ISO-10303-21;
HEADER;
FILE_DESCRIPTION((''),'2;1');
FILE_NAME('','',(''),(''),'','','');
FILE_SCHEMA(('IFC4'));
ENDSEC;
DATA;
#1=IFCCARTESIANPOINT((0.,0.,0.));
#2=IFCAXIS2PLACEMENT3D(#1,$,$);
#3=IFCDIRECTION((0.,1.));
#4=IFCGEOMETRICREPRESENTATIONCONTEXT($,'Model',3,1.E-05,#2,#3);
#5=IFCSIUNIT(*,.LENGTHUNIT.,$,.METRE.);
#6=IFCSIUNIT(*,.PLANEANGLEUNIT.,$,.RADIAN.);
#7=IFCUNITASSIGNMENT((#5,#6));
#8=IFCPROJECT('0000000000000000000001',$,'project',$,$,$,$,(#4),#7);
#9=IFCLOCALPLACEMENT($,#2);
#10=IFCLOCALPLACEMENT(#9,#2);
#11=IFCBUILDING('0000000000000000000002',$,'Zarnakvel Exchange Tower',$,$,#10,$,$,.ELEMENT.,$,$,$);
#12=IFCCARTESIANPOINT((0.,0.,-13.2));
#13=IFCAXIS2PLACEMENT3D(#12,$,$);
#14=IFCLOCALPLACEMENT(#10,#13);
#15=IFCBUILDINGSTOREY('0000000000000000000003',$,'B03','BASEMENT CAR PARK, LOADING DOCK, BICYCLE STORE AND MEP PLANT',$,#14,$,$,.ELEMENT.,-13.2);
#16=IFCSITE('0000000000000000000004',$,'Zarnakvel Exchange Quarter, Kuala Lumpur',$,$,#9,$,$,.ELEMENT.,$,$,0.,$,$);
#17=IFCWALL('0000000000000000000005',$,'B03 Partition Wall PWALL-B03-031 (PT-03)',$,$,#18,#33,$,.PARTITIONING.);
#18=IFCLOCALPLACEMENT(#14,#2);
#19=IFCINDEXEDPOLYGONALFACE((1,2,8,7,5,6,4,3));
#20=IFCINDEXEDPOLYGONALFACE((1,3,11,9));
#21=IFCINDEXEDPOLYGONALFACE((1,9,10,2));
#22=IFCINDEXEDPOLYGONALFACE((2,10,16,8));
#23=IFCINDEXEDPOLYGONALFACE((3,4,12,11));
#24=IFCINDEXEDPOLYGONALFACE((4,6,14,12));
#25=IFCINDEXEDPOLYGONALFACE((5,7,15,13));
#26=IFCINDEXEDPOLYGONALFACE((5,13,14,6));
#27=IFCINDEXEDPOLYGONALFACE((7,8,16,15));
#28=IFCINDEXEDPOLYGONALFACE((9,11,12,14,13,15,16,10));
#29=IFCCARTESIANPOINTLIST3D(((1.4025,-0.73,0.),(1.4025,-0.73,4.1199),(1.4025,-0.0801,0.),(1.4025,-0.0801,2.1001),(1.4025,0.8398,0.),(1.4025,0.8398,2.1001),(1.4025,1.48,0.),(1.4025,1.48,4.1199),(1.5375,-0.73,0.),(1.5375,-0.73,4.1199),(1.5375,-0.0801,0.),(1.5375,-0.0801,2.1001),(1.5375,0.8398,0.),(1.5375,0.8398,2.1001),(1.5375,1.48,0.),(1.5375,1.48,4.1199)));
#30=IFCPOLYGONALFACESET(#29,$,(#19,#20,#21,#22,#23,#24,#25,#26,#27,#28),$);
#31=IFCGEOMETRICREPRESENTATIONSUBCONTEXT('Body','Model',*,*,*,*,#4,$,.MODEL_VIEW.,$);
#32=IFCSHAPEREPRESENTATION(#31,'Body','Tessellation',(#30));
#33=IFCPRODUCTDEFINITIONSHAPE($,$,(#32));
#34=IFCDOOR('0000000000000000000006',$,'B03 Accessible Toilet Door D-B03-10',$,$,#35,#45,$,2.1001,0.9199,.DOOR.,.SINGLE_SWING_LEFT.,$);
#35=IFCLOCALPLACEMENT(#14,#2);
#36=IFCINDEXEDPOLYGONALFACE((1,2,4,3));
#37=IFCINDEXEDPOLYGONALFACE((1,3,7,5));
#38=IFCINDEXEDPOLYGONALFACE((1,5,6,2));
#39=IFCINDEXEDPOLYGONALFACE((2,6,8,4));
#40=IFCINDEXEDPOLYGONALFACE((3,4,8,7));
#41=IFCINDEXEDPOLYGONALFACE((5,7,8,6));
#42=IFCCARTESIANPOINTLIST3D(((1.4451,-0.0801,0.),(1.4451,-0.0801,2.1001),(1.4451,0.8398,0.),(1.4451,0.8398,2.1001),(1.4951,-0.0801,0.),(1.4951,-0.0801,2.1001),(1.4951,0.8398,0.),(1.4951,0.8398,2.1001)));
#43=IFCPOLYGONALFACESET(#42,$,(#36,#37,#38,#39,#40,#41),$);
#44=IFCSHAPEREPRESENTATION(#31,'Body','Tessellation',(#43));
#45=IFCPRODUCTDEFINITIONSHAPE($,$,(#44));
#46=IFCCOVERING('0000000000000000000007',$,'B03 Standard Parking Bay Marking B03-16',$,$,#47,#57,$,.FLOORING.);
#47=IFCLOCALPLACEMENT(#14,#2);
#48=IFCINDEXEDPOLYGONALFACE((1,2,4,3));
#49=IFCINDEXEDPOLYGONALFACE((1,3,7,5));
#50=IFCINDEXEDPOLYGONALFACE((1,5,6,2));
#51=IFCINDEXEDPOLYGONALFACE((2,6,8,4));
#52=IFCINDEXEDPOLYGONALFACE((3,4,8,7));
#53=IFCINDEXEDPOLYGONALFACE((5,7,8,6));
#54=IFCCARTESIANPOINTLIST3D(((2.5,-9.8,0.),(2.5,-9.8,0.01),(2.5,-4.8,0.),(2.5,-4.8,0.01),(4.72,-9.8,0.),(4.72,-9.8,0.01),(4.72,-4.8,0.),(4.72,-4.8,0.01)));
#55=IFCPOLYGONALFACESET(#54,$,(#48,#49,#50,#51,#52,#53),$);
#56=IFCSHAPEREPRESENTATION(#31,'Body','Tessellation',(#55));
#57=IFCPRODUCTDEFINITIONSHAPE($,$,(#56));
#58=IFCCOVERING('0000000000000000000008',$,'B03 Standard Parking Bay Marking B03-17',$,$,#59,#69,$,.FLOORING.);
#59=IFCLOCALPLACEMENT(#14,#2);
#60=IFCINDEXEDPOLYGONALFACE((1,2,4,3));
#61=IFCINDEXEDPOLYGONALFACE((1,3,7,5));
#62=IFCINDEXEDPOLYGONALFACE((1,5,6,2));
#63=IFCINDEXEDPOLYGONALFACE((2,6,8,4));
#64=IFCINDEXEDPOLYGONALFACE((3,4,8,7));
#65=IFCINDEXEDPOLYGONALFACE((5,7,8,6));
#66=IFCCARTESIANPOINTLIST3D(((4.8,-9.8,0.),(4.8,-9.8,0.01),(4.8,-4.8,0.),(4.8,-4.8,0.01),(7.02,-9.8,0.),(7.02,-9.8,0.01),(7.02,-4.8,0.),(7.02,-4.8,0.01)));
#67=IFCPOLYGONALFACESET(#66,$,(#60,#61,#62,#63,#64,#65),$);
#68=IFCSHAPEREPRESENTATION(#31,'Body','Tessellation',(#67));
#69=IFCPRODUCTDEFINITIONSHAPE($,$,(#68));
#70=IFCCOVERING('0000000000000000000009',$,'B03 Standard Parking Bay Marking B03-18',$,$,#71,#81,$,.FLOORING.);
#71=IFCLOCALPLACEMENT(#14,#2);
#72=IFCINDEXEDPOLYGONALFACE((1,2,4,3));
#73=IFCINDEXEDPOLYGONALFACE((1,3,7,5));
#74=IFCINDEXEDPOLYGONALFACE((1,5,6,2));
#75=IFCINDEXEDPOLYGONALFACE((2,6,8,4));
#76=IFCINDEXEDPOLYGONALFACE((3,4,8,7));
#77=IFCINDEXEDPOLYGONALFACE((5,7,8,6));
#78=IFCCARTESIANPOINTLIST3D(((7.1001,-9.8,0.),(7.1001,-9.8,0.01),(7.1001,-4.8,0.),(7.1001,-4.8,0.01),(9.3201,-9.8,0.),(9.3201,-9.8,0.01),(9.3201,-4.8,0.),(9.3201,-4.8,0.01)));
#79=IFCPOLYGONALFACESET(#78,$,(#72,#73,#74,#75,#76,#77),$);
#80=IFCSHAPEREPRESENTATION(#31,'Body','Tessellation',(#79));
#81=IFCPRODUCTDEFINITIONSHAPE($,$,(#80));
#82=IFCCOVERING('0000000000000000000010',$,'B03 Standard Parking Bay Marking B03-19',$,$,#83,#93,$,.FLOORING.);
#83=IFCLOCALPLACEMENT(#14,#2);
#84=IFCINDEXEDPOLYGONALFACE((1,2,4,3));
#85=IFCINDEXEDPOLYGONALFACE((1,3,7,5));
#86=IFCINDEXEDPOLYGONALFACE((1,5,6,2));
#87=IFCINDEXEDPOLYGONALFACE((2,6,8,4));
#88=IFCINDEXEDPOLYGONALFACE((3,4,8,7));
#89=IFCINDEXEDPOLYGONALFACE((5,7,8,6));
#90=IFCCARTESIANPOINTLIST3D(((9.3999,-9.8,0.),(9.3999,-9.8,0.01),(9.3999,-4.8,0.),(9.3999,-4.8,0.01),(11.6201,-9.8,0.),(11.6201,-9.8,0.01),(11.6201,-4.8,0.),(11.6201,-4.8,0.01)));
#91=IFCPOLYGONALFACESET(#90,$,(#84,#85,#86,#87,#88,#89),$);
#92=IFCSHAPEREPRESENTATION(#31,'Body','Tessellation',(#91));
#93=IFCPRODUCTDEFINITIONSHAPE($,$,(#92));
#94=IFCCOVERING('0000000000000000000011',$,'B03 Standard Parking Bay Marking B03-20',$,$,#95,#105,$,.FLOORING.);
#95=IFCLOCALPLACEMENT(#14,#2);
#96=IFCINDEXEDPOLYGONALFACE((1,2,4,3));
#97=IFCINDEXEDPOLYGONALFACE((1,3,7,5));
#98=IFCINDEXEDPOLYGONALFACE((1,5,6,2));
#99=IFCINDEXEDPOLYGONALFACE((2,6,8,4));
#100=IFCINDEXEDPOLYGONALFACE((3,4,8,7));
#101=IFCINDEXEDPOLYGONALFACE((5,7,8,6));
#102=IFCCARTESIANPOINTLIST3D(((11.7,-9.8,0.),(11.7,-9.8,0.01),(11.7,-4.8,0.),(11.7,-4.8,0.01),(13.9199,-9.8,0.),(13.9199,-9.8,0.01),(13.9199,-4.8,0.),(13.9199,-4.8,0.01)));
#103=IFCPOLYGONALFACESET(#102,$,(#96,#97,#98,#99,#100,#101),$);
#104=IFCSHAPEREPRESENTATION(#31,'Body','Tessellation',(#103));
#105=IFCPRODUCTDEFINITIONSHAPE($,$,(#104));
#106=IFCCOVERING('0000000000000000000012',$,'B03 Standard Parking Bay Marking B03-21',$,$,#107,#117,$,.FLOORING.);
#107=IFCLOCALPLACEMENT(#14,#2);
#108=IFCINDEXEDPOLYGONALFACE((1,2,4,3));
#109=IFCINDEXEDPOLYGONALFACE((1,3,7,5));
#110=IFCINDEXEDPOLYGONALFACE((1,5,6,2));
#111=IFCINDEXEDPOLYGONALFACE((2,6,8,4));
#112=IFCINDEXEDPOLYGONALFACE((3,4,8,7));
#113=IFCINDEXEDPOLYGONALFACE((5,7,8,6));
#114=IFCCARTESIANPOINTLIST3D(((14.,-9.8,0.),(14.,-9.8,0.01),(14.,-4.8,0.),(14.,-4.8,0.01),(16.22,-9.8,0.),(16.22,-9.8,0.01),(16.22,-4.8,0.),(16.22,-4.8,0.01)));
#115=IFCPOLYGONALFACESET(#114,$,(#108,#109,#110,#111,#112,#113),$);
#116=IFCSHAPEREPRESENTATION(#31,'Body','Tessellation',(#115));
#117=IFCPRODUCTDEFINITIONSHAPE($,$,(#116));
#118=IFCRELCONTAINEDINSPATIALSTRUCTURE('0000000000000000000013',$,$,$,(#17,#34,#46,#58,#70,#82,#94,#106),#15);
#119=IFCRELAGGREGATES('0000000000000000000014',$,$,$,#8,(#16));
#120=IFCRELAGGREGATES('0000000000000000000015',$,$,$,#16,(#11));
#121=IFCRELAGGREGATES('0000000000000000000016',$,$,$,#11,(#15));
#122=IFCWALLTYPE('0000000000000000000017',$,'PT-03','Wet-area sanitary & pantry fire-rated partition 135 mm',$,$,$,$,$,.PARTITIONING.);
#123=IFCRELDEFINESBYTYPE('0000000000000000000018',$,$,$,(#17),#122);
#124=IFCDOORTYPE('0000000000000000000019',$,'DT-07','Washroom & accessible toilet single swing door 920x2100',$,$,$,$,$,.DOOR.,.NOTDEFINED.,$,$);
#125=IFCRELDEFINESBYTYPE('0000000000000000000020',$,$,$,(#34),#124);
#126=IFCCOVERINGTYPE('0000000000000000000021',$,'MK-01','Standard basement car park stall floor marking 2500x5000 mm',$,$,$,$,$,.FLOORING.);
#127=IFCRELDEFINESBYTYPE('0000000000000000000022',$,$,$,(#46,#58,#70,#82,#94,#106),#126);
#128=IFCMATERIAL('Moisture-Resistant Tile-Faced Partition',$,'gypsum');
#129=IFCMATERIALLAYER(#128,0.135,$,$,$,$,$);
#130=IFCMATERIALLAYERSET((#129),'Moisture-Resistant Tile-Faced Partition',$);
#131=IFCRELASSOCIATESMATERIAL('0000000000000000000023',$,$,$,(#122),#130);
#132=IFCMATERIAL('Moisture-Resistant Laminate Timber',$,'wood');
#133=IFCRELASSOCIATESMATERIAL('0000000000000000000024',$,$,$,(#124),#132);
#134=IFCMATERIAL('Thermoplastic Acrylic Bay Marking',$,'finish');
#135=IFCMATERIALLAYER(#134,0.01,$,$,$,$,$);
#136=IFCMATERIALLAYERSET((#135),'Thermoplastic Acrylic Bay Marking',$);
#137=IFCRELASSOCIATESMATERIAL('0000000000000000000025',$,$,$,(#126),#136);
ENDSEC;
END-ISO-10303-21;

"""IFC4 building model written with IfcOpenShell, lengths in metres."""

from ifc_helpers import new_model, si_unit, direction, frame, frame_2d, origin, place, context, subcontext, project, spatial, polyline, rectangle, outline, extrude, source, transform, mapped, material, layer, layer_set, type_object, element, fill, save


model = new_model("IFC4")

# Units and contexts
model_context = context("Model", 3, precision=1e-05, world=origin(), true_north=direction((0.0, 1.0)))
body_context = subcontext(model_context, "Body", "Model", "MODEL_VIEW")
ifc_project = project(units=[si_unit("LENGTHUNIT", "METRE"), si_unit("PLANEANGLEUNIT", "RADIAN")], contexts=[model_context])

# Site, building, storey
site_placement = place(None, origin())
site = spatial("IfcSite", under=ifc_project, at=site_placement, Name="Zarnakvel Exchange Quarter, Kuala Lumpur", CompositionType="ELEMENT", RefElevation=0.0)
building_placement = place(site_placement, origin())
building = spatial("IfcBuilding", under=site, at=building_placement, Name="Zarnakvel Exchange Tower", CompositionType="ELEMENT")
storey_placement = place(building_placement, frame((0.0, 0.0, -13.2)))
storey = spatial("IfcBuildingStorey", under=building, at=storey_placement, Name="B03", Description="BASEMENT CAR PARK, LOADING DOCK, BICYCLE STORE AND MEP PLANT", CompositionType="ELEMENT", Elevation=-13.2)

# Shared definitions
ifc_material_1 = material(Name="Moisture-Resistant Tile-Faced Partition", Category="gypsum")
ifc_layer_1 = layer(ifc_material_1, 0.135)
ifc_layer_set_1 = layer_set([ifc_layer_1], Name="Moisture-Resistant Tile-Faced Partition")
wall_type_1 = type_object("IfcWallType", Name="PT-03", Description="Wet-area sanitary & pantry fire-rated partition 135 mm", PredefinedType="PARTITIONING", material=ifc_layer_set_1)

# Wall, opening, door
wall_1_placement = place(storey_placement, frame((1.47, -0.73, 0.0), z_axis=(0.0, 0.0, 1.0), x_axis=(0.0, 1.0, 0.0)))
wall_1 = element("IfcWall", 1, at=wall_1_placement, inside=storey, type_object=wall_type_1, Name="B03 Partition Wall PWALL-B03-031 (PT-03)", PredefinedType="PARTITIONING", context=body_context, shape_type="SweptSolid", body=[
    extrude(rectangle(XDim=2.21, YDim=0.135, at=frame_2d((1.105, 0.0))), origin(), (0.0, 0.0, 1.0), 4.1199),
])
opening_1_placement = place(wall_1_placement, frame((0.6499, 0.0, 0.0)))
opening_1 = element("IfcOpeningElement", 2, at=opening_1_placement, cuts=wall_1, PredefinedType="OPENING", context=body_context, shape_type="SweptSolid", body=[
    extrude(rectangle(XDim=0.9199, YDim=2.1001, at=frame_2d((0.46, 1.05))), frame((0.0, 0.0774, 0.0), z_axis=(0.0, -1.0, 0.0), x_axis=(1.0, 0.0, 0.0)), (0.0, 0.0, 1.0), 0.155),
])
ifc_material_2 = material(Name="Moisture-Resistant Laminate Timber", Category="wood")
door_type_1 = type_object("IfcDoorType", Name="DT-07", Description="Washroom & accessible toilet single swing door 920x2100", OperationType="NOTDEFINED", PredefinedType="DOOR", material=ifc_material_2)
shared_shape_1 = source(origin(), body_context, "Body", "SweptSolid", [
    extrude(rectangle(XDim=0.9199, YDim=2.1001, at=frame_2d((0.46, 1.05))), frame((0.0, 0.0249, 0.0), z_axis=(0.0, -1.0, 0.0), x_axis=(1.0, 0.0, 0.0)), (0.0, 0.0, 1.0), 0.05),
])
door_1_placement = place(opening_1_placement, origin())
door_1 = element("IfcDoor", 3, at=door_1_placement, inside=storey, type_object=door_type_1, Name="B03 Accessible Toilet Door D-B03-10", OperationType="SINGLE_SWING_LEFT", OverallHeight=2.1001, OverallWidth=0.9199, PredefinedType="DOOR", context=body_context, shape_type="MappedRepresentation", body=[
    mapped(shared_shape_1, transform((0.0, 0.0, 0.0), x_axis=(1.0, 0.0, 0.0), y_axis=(0.0, 1.0, 0.0), z_axis=(0.0, 0.0, 1.0), scale=1.0)),
])
fill(opening_1, door_1)

# Coverings
ifc_material_3 = material(Name="Thermoplastic Acrylic Bay Marking", Category="finish")
ifc_layer_2 = layer(ifc_material_3, 0.01)
ifc_layer_set_2 = layer_set([ifc_layer_2], Name="Thermoplastic Acrylic Bay Marking")
covering_type = type_object("IfcCoveringType", Name="MK-01", Description="Standard basement car park stall floor marking 2500x5000 mm", PredefinedType="FLOORING", material=ifc_layer_set_2)
covering_1_placement = place(storey_placement, origin())
element("IfcCovering", 4, at=covering_1_placement, inside=storey, type_object=covering_type, Name="B03 Standard Parking Bay Marking B03-16", PredefinedType="FLOORING", context=body_context, shape_type="SweptSolid", body=[
    extrude(outline(polyline([(2.5, -9.8), (4.72, -9.8), (4.72, -4.8), (2.5, -4.8), (2.5, -9.8)])), origin(), (0.0, 0.0, 1.0), 0.01),
])
covering_2_placement = place(storey_placement, origin())
element("IfcCovering", 5, at=covering_2_placement, inside=storey, type_object=covering_type, Name="B03 Standard Parking Bay Marking B03-17", PredefinedType="FLOORING", context=body_context, shape_type="SweptSolid", body=[
    extrude(outline(polyline([(4.8, -9.8), (7.02, -9.8), (7.02, -4.8), (4.8, -4.8), (4.8, -9.8)])), origin(), (0.0, 0.0, 1.0), 0.01),
])
covering_3_placement = place(storey_placement, origin())
element("IfcCovering", 6, at=covering_3_placement, inside=storey, type_object=covering_type, Name="B03 Standard Parking Bay Marking B03-18", PredefinedType="FLOORING", context=body_context, shape_type="SweptSolid", body=[
    extrude(outline(polyline([(7.1001, -9.8), (9.3201, -9.8), (9.3201, -4.8), (7.1001, -4.8), (7.1001, -9.8)])), origin(), (0.0, 0.0, 1.0), 0.01),
])
covering_4_placement = place(storey_placement, origin())
element("IfcCovering", 7, at=covering_4_placement, inside=storey, type_object=covering_type, Name="B03 Standard Parking Bay Marking B03-19", PredefinedType="FLOORING", context=body_context, shape_type="SweptSolid", body=[
    extrude(outline(polyline([(9.3999, -9.8), (11.6201, -9.8), (11.6201, -4.8), (9.3999, -4.8), (9.3999, -9.8)])), origin(), (0.0, 0.0, 1.0), 0.01),
])
covering_5_placement = place(storey_placement, origin())
element("IfcCovering", 8, at=covering_5_placement, inside=storey, type_object=covering_type, Name="B03 Standard Parking Bay Marking B03-20", PredefinedType="FLOORING", context=body_context, shape_type="SweptSolid", body=[
    extrude(outline(polyline([(11.7, -9.8), (13.9199, -9.8), (13.9199, -4.8), (11.7, -4.8), (11.7, -9.8)])), origin(), (0.0, 0.0, 1.0), 0.01),
])
covering_6_placement = place(storey_placement, origin())
element("IfcCovering", 9, at=covering_6_placement, inside=storey, type_object=covering_type, Name="B03 Standard Parking Bay Marking B03-21", PredefinedType="FLOORING", context=body_context, shape_type="SweptSolid", body=[
    extrude(outline(polyline([(14.0, -9.8), (16.22, -9.8), (16.22, -4.8), (14.0, -4.8), (14.0, -9.8)])), origin(), (0.0, 0.0, 1.0), 0.01),
])

save(model, "model.ifc")
